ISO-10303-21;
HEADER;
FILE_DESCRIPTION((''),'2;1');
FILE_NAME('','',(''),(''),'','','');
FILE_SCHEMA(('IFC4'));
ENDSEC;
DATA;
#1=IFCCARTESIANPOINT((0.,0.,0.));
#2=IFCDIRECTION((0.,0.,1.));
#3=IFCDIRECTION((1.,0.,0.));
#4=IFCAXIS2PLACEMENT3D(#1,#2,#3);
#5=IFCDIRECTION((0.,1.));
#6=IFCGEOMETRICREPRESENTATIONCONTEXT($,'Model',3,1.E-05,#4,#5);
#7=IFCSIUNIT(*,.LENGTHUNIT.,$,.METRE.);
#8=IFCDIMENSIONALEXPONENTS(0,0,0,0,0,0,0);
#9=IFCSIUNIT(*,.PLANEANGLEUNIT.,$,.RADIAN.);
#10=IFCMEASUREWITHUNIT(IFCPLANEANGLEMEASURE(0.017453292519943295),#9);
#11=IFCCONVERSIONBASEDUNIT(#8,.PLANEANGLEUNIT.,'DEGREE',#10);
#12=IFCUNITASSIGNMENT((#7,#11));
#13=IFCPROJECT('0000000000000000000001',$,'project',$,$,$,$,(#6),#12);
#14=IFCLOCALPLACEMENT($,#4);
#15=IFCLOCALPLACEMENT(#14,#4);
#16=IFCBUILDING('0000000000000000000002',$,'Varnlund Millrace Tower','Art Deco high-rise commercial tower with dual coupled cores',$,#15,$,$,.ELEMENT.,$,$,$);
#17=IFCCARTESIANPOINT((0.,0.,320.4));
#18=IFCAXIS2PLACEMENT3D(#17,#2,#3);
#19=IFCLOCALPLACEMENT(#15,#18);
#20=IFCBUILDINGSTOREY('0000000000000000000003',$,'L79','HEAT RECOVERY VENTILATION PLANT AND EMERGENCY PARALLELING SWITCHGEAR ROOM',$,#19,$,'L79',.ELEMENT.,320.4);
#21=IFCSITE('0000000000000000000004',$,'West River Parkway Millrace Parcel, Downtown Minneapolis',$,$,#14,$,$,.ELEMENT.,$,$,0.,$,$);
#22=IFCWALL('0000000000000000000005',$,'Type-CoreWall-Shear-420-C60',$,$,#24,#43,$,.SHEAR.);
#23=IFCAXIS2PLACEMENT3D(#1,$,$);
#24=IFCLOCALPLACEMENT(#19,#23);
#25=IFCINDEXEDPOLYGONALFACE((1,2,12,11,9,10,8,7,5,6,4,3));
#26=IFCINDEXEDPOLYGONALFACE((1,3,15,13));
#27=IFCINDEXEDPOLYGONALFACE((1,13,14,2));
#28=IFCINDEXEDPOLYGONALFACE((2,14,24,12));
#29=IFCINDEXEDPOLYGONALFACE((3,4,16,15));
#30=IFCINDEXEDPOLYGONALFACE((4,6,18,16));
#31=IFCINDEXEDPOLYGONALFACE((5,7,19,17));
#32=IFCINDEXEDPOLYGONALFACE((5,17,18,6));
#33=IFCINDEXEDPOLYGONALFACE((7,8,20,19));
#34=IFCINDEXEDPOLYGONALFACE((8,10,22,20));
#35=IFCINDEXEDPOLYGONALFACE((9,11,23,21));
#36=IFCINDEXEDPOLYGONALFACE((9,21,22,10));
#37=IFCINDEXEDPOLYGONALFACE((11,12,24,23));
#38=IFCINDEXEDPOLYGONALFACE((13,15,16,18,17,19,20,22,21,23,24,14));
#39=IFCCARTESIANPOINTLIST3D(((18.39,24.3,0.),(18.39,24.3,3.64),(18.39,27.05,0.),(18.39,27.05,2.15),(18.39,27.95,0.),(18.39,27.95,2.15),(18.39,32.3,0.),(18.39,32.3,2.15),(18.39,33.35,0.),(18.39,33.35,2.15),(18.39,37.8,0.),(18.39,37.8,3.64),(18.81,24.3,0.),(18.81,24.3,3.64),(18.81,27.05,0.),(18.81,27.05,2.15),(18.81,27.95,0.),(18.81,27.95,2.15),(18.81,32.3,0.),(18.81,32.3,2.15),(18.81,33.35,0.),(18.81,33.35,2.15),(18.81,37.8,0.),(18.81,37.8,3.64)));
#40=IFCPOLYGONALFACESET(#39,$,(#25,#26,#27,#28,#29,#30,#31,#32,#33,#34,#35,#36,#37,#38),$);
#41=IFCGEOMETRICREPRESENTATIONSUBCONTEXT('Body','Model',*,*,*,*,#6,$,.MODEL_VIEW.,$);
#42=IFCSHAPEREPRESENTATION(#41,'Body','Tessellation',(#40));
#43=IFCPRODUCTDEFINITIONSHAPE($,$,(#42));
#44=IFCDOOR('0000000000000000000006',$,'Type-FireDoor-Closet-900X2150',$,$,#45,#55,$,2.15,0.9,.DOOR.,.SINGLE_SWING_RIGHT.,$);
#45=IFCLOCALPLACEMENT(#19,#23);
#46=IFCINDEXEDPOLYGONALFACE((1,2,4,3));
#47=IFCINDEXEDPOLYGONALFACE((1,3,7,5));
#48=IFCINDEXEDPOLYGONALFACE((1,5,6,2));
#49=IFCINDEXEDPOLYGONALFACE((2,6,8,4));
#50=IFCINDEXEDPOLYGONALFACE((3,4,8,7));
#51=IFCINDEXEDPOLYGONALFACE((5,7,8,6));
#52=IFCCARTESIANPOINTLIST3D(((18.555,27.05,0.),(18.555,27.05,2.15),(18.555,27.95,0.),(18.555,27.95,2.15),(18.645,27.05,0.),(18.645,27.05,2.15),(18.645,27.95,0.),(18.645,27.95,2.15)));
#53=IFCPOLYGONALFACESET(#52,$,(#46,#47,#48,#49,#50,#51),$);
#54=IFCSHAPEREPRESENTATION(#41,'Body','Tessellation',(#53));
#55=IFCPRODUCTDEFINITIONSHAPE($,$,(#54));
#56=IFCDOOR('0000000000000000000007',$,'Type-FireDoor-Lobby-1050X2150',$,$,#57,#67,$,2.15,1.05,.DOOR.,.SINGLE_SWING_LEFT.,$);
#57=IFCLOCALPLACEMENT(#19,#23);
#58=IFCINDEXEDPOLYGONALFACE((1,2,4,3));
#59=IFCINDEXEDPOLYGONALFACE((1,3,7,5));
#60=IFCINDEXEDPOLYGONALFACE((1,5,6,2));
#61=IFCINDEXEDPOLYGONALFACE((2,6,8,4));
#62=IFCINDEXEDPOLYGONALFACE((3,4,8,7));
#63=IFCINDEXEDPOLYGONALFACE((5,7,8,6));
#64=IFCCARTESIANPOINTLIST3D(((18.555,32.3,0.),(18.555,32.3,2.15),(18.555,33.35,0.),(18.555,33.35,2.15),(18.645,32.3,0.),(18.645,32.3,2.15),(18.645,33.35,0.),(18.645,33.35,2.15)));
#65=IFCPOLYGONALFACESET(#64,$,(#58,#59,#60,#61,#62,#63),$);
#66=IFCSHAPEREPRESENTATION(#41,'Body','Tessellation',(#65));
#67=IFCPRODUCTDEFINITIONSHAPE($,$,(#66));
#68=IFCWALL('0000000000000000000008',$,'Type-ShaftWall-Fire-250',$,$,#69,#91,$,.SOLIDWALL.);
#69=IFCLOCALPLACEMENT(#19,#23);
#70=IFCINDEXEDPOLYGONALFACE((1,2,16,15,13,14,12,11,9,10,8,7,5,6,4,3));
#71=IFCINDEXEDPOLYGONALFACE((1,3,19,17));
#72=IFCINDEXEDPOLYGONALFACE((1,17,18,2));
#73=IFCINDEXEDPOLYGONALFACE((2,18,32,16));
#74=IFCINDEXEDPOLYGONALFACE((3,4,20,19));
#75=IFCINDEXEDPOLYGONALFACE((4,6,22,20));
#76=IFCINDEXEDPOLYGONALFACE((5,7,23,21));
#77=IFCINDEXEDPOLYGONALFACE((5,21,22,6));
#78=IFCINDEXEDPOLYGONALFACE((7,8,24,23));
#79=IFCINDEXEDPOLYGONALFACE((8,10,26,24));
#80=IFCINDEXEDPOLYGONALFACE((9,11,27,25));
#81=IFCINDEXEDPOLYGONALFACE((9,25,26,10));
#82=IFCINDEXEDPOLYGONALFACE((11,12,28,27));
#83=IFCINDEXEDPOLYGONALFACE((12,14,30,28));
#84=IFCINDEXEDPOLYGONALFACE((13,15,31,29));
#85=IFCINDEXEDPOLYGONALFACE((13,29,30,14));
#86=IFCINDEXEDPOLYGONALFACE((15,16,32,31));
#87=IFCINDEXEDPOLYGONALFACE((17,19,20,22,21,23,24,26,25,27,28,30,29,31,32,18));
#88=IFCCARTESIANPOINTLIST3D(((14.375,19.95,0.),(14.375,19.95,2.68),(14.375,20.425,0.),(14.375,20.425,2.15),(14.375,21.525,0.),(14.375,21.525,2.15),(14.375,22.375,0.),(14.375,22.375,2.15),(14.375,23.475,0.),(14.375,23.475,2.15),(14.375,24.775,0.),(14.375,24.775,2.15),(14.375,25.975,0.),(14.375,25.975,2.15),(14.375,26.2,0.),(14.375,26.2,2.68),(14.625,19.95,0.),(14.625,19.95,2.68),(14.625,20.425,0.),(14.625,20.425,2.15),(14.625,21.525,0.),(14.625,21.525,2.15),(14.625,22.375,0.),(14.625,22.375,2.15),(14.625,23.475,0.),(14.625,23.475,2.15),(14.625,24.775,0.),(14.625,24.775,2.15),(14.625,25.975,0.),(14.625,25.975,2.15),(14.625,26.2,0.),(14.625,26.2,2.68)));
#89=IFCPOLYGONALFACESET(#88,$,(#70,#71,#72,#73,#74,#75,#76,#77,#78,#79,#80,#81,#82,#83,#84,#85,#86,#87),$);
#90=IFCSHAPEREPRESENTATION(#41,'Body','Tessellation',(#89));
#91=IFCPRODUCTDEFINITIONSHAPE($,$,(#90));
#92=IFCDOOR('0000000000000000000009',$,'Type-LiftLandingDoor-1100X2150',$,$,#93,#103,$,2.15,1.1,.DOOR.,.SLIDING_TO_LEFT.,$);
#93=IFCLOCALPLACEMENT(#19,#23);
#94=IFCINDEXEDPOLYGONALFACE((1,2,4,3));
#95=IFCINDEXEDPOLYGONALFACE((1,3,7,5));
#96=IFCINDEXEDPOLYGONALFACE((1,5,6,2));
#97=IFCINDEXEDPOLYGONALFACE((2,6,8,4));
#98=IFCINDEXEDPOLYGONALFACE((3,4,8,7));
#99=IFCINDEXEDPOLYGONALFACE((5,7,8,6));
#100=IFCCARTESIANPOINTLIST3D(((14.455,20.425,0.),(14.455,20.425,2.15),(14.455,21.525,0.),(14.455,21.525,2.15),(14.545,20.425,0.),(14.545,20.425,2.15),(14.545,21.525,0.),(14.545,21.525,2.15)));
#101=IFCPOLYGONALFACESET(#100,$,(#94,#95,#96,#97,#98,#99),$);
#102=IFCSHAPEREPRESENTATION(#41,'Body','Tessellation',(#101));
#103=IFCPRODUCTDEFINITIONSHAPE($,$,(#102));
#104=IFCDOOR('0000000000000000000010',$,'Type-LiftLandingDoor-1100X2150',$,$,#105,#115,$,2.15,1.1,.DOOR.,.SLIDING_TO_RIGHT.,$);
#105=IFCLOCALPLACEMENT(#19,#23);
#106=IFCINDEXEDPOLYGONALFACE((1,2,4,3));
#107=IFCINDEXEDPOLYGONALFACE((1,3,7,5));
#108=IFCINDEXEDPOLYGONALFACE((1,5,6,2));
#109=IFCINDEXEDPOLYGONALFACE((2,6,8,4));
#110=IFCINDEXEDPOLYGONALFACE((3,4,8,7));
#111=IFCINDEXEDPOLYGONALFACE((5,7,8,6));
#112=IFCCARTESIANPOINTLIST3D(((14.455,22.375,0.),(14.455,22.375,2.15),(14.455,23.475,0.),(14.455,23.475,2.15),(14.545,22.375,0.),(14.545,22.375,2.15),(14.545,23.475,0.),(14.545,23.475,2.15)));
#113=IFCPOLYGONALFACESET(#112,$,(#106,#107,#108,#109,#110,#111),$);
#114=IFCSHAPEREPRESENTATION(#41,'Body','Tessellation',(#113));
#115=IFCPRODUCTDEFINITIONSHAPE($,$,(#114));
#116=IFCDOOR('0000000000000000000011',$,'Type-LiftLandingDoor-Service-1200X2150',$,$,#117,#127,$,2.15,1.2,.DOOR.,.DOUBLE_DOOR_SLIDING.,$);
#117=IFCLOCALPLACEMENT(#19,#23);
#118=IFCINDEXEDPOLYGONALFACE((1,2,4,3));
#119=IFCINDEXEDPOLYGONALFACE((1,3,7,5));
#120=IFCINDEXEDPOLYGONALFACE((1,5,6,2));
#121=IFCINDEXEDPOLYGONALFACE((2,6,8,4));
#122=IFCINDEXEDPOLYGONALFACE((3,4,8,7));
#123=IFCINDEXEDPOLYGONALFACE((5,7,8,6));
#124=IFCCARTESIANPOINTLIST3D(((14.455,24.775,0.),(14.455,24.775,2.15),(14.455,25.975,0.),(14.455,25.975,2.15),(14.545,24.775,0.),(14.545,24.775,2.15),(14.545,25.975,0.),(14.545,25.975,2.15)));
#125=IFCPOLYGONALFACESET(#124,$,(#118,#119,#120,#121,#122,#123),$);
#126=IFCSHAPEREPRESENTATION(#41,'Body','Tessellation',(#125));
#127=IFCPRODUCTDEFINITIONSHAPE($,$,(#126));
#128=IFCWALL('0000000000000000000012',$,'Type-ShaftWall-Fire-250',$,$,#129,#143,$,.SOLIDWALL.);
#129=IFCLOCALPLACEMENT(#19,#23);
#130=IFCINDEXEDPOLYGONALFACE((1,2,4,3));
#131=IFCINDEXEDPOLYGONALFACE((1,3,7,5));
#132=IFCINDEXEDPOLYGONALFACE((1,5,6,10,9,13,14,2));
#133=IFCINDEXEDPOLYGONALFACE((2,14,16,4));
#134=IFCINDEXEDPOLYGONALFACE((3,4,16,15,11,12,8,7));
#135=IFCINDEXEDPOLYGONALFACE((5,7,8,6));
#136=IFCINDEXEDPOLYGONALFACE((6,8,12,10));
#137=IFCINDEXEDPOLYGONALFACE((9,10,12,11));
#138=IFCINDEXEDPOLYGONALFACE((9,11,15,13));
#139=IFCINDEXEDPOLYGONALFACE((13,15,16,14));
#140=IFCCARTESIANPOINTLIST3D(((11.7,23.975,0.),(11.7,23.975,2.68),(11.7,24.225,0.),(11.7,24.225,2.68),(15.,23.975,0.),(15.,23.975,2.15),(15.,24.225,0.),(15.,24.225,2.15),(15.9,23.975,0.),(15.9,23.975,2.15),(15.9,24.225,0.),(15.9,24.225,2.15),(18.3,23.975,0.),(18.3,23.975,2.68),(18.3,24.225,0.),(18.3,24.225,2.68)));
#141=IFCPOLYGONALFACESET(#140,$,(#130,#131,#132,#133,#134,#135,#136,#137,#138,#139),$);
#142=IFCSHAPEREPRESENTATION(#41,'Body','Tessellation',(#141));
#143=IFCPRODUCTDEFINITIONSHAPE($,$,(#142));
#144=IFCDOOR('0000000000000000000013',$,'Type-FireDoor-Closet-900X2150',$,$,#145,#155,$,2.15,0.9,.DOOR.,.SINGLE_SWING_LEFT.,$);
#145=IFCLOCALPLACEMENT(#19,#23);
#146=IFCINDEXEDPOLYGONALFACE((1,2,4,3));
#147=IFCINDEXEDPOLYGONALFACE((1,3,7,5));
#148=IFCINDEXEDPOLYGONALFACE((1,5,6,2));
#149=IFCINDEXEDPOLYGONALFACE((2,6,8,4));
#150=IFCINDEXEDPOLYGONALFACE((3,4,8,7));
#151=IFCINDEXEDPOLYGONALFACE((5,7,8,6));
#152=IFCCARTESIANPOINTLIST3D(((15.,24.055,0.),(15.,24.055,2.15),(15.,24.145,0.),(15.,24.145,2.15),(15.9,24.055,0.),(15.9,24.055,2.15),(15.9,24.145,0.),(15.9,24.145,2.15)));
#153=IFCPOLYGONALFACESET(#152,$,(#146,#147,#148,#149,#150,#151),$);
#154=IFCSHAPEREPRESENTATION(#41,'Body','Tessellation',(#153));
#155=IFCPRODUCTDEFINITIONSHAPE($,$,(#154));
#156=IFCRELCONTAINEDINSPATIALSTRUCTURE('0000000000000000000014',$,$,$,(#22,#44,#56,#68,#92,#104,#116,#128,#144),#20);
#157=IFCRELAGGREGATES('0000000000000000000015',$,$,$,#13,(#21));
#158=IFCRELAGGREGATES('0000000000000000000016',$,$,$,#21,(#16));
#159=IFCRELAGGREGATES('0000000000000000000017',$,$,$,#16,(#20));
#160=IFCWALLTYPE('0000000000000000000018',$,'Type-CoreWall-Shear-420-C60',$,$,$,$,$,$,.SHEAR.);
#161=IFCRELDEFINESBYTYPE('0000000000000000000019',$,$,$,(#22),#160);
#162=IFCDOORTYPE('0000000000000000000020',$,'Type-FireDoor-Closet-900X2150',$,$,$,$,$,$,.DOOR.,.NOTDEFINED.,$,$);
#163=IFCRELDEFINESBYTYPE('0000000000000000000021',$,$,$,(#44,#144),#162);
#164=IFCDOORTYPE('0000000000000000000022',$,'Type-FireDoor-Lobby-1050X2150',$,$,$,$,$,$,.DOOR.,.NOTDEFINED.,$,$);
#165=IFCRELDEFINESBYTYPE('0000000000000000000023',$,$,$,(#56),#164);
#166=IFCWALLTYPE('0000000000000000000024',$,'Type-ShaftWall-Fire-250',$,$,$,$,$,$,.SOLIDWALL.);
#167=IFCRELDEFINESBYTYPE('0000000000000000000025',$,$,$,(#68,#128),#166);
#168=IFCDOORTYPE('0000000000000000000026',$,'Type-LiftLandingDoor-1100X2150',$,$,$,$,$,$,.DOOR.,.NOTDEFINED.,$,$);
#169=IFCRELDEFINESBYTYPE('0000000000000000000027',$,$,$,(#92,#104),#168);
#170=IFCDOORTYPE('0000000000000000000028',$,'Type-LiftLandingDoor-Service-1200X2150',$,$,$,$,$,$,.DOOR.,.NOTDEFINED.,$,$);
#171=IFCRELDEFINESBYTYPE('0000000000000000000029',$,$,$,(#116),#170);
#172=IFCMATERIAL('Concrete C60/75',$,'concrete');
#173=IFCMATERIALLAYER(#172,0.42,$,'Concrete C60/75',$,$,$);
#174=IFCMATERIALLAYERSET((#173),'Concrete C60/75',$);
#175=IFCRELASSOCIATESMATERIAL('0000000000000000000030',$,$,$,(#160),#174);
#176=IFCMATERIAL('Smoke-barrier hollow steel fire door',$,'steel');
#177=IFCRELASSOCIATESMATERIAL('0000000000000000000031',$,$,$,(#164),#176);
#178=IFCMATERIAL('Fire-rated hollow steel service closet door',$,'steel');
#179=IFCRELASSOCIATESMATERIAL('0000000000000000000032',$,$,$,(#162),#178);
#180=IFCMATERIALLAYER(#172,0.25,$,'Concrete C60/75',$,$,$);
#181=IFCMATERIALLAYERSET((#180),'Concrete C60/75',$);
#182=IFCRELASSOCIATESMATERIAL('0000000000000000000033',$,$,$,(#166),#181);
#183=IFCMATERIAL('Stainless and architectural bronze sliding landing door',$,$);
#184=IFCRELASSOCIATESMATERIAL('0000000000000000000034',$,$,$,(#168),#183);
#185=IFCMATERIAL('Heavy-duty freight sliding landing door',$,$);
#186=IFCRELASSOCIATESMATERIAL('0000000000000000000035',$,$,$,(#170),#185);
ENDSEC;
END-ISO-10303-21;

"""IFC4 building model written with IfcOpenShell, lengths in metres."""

from ifc_helpers import new_model, entity, si_unit, converted_unit, direction, frame, origin_with_axes, origin_2d_with_axis, place, context, subcontext, project, spatial, polyline, rectangle, outline, extrude, material, layer, layer_set, type_object, element, fill, save


model = new_model("IFC4")

# Units and contexts
model_context = context("Model", 3, precision=1e-05, world=origin_with_axes(), true_north=direction((0.0, 1.0)))
body_context = subcontext(model_context, "Body", "Model", "MODEL_VIEW")
ifc_project = project(units=[si_unit("LENGTHUNIT", "METRE"), converted_unit("PLANEANGLEUNIT", "DEGREE", entity("IfcPlaneAngleMeasure", 0.017453292519943295), si_unit("PLANEANGLEUNIT", "RADIAN"), dimensions=[0, 0, 0, 0, 0, 0, 0])], contexts=[model_context])

# Site, building, storey
site_placement = place(None, origin_with_axes())
site = spatial("IfcSite", under=ifc_project, at=site_placement, Name="West River Parkway Millrace Parcel, Downtown Minneapolis", CompositionType="ELEMENT", RefElevation=0.0)
building_placement = place(site_placement, origin_with_axes())
building = spatial("IfcBuilding", under=site, at=building_placement, Name="Varnlund Millrace Tower", Description="Art Deco high-rise commercial tower with dual coupled cores", CompositionType="ELEMENT")
storey_placement = place(building_placement, frame((0.0, 0.0, 320.4), z_axis=(0.0, 0.0, 1.0), x_axis=(1.0, 0.0, 0.0)))
storey = spatial("IfcBuildingStorey", under=building, at=storey_placement, Name="L79", Description="HEAT RECOVERY VENTILATION PLANT AND EMERGENCY PARALLELING SWITCHGEAR ROOM", LongName="L79", CompositionType="ELEMENT", Elevation=320.4)

# Shared definitions
ifc_material_1 = material(Name="Concrete C60/75", Category="concrete")

# Shared definitions
ifc_layer_1 = layer(ifc_material_1, 0.42, Name="Concrete C60/75")
ifc_layer_set_1 = layer_set([ifc_layer_1], Name="Concrete C60/75")
wall_type_1 = type_object("IfcWallType", Name="Type-CoreWall-Shear-420-C60", PredefinedType="SHEAR", material=ifc_layer_set_1)

# Walls, openings, doors
ifc_material_2 = material(Name="Smoke-barrier hollow steel fire door", Category="steel")
door_type_1 = type_object("IfcDoorType", Name="Type-FireDoor-Lobby-1050X2150", OperationType="NOTDEFINED", PredefinedType="DOOR", material=ifc_material_2)
wall_1_placement = place(storey_placement, frame((18.6, 24.3, 0.0), z_axis=(0.0, 0.0, 1.0), x_axis=(0.0, 1.0, 0.0)))
wall_1 = element("IfcWall", 1, at=wall_1_placement, inside=storey, type_object=wall_type_1, Name="Type-CoreWall-Shear-420-C60", PredefinedType="SHEAR", context=body_context, shape_type="SweptSolid", body=[
    extrude(outline(polyline([(0.0, -0.21), (13.5, -0.21), (13.5, 0.21), (0.0, 0.21), (0.0, -0.21)])), origin_with_axes(), (0.0, 0.0, 1.0), 3.64),
])
opening_1_placement = place(wall_1_placement, frame((3.2, 0.0, 0.0), z_axis=(0.0, 0.0, 1.0), x_axis=(1.0, 0.0, 0.0)))
opening_1 = element("IfcOpeningElement", 2, at=opening_1_placement, cuts=wall_1, PredefinedType="OPENING", context=body_context, shape_type="SweptSolid", body=[
    extrude(rectangle(XDim=0.9, YDim=0.44, at=origin_2d_with_axis()), origin_with_axes(), (0.0, 0.0, 1.0), 2.15),
])
opening_2_placement = place(wall_1_placement, frame((8.525, 0.0, 0.0), z_axis=(0.0, 0.0, 1.0), x_axis=(1.0, 0.0, 0.0)))
opening_2 = element("IfcOpeningElement", 3, at=opening_2_placement, cuts=wall_1, PredefinedType="OPENING", context=body_context, shape_type="SweptSolid", body=[
    extrude(rectangle(XDim=1.05, YDim=0.44, at=origin_2d_with_axis()), origin_with_axes(), (0.0, 0.0, 1.0), 2.15),
])
ifc_material_3 = material(Name="Fire-rated hollow steel service closet door", Category="steel")
door_type_2 = type_object("IfcDoorType", Name="Type-FireDoor-Closet-900X2150", OperationType="NOTDEFINED", PredefinedType="DOOR", material=ifc_material_3)
door_1_placement = place(wall_1_placement, frame((3.2, 0.0, 0.0), z_axis=(0.0, 0.0, 1.0), x_axis=(1.0, 0.0, 0.0)))
door_1 = element("IfcDoor", 4, at=door_1_placement, inside=storey, type_object=door_type_2, Name="Type-FireDoor-Closet-900X2150", OperationType="SINGLE_SWING_RIGHT", OverallHeight=2.15, OverallWidth=0.9, PredefinedType="DOOR", context=body_context, shape_type="SweptSolid", body=[
    extrude(rectangle(XDim=0.9, YDim=0.09, at=origin_2d_with_axis()), origin_with_axes(), (0.0, 0.0, 1.0), 2.15),
])
fill(opening_1, door_1)
door_2_placement = place(wall_1_placement, frame((8.525, 0.0, 0.0), z_axis=(0.0, 0.0, 1.0), x_axis=(1.0, 0.0, 0.0)))
door_2 = element("IfcDoor", 5, at=door_2_placement, inside=storey, type_object=door_type_1, Name="Type-FireDoor-Lobby-1050X2150", OperationType="SINGLE_SWING_LEFT", OverallHeight=2.15, OverallWidth=1.05, PredefinedType="DOOR", context=body_context, shape_type="SweptSolid", body=[
    extrude(rectangle(XDim=1.05, YDim=0.09, at=origin_2d_with_axis()), origin_with_axes(), (0.0, 0.0, 1.0), 2.15),
])
fill(opening_2, door_2)
ifc_layer_2 = layer(ifc_material_1, 0.25, Name="Concrete C60/75")
ifc_layer_set_2 = layer_set([ifc_layer_2], Name="Concrete C60/75")
wall_type_2 = type_object("IfcWallType", Name="Type-ShaftWall-Fire-250", PredefinedType="SOLIDWALL", material=ifc_layer_set_2)
wall_2_placement = place(storey_placement, frame((14.5, 19.95, 0.0), z_axis=(0.0, 0.0, 1.0), x_axis=(0.0, 1.0, 0.0)))
wall_2 = element("IfcWall", 6, at=wall_2_placement, inside=storey, type_object=wall_type_2, Name="Type-ShaftWall-Fire-250", PredefinedType="SOLIDWALL", context=body_context, shape_type="SweptSolid", body=[
    extrude(outline(polyline([(0.0, -0.125), (6.25, -0.125), (6.25, 0.125), (0.0, 0.125), (0.0, -0.125)])), origin_with_axes(), (0.0, 0.0, 1.0), 2.68),
])
opening_3_placement = place(wall_2_placement, frame((1.025, 0.0, 0.0), z_axis=(0.0, 0.0, 1.0), x_axis=(1.0, 0.0, 0.0)))
opening_3 = element("IfcOpeningElement", 7, at=opening_3_placement, cuts=wall_2, PredefinedType="OPENING", context=body_context, shape_type="SweptSolid", body=[
    extrude(rectangle(XDim=1.1, YDim=0.27, at=origin_2d_with_axis()), origin_with_axes(), (0.0, 0.0, 1.0), 2.15),
])
opening_4_placement = place(wall_2_placement, frame((2.975, 0.0, 0.0), z_axis=(0.0, 0.0, 1.0), x_axis=(1.0, 0.0, 0.0)))
opening_4 = element("IfcOpeningElement", 8, at=opening_4_placement, cuts=wall_2, PredefinedType="OPENING", context=body_context, shape_type="SweptSolid", body=[
    extrude(rectangle(XDim=1.1, YDim=0.27, at=origin_2d_with_axis()), origin_with_axes(), (0.0, 0.0, 1.0), 2.15),
])
opening_5_placement = place(wall_2_placement, frame((5.425, 0.0, 0.0), z_axis=(0.0, 0.0, 1.0), x_axis=(1.0, 0.0, 0.0)))
opening_5 = element("IfcOpeningElement", 9, at=opening_5_placement, cuts=wall_2, PredefinedType="OPENING", context=body_context, shape_type="SweptSolid", body=[
    extrude(rectangle(XDim=1.2, YDim=0.27, at=origin_2d_with_axis()), origin_with_axes(), (0.0, 0.0, 1.0), 2.15),
])
ifc_material_4 = material(Name="Stainless and architectural bronze sliding landing door")
door_type_3 = type_object("IfcDoorType", Name="Type-LiftLandingDoor-1100X2150", OperationType="NOTDEFINED", PredefinedType="DOOR", material=ifc_material_4)
door_3_placement = place(wall_2_placement, frame((1.025, 0.0, 0.0), z_axis=(0.0, 0.0, 1.0), x_axis=(1.0, 0.0, 0.0)))
door_3 = element("IfcDoor", 10, at=door_3_placement, inside=storey, type_object=door_type_3, Name="Type-LiftLandingDoor-1100X2150", OperationType="SLIDING_TO_LEFT", OverallHeight=2.15, OverallWidth=1.1, PredefinedType="DOOR", context=body_context, shape_type="SweptSolid", body=[
    extrude(rectangle(XDim=1.1, YDim=0.09, at=origin_2d_with_axis()), origin_with_axes(), (0.0, 0.0, 1.0), 2.15),
])
fill(opening_3, door_3)
door_4_placement = place(wall_2_placement, frame((2.975, 0.0, 0.0), z_axis=(0.0, 0.0, 1.0), x_axis=(1.0, 0.0, 0.0)))
door_4 = element("IfcDoor", 11, at=door_4_placement, inside=storey, type_object=door_type_3, Name="Type-LiftLandingDoor-1100X2150", OperationType="SLIDING_TO_RIGHT", OverallHeight=2.15, OverallWidth=1.1, PredefinedType="DOOR", context=body_context, shape_type="SweptSolid", body=[
    extrude(rectangle(XDim=1.1, YDim=0.09, at=origin_2d_with_axis()), origin_with_axes(), (0.0, 0.0, 1.0), 2.15),
])
fill(opening_4, door_4)
ifc_material_5 = material(Name="Heavy-duty freight sliding landing door")
door_type_4 = type_object("IfcDoorType", Name="Type-LiftLandingDoor-Service-1200X2150", OperationType="NOTDEFINED", PredefinedType="DOOR", material=ifc_material_5)
door_5_placement = place(wall_2_placement, frame((5.425, 0.0, 0.0), z_axis=(0.0, 0.0, 1.0), x_axis=(1.0, 0.0, 0.0)))
door_5 = element("IfcDoor", 12, at=door_5_placement, inside=storey, type_object=door_type_4, Name="Type-LiftLandingDoor-Service-1200X2150", OperationType="DOUBLE_DOOR_SLIDING", OverallHeight=2.15, OverallWidth=1.2, PredefinedType="DOOR", context=body_context, shape_type="SweptSolid", body=[
    extrude(rectangle(XDim=1.2, YDim=0.09, at=origin_2d_with_axis()), origin_with_axes(), (0.0, 0.0, 1.0), 2.15),
])
fill(opening_5, door_5)

# Wall, opening, door
wall_3_placement = place(storey_placement, frame((11.7, 24.1, 0.0), z_axis=(0.0, 0.0, 1.0), x_axis=(1.0, 0.0, 0.0)))
wall_3 = element("IfcWall", 13, at=wall_3_placement, inside=storey, type_object=wall_type_2, Name="Type-ShaftWall-Fire-250", PredefinedType="SOLIDWALL", context=body_context, shape_type="SweptSolid", body=[
    extrude(outline(polyline([(0.0, -0.125), (6.6, -0.125), (6.6, 0.125), (0.0, 0.125), (0.0, -0.125)])), origin_with_axes(), (0.0, 0.0, 1.0), 2.68),
])
opening_6_placement = place(wall_3_placement, frame((3.75, 0.0, 0.0), z_axis=(0.0, 0.0, 1.0), x_axis=(1.0, 0.0, 0.0)))
opening_6 = element("IfcOpeningElement", 14, at=opening_6_placement, cuts=wall_3, PredefinedType="OPENING", context=body_context, shape_type="SweptSolid", body=[
    extrude(rectangle(XDim=0.9, YDim=0.27, at=origin_2d_with_axis()), origin_with_axes(), (0.0, 0.0, 1.0), 2.15),
])
door_6_placement = place(wall_3_placement, frame((3.75, 0.0, 0.0), z_axis=(0.0, 0.0, 1.0), x_axis=(1.0, 0.0, 0.0)))
door_6 = element("IfcDoor", 15, at=door_6_placement, inside=storey, type_object=door_type_2, Name="Type-FireDoor-Closet-900X2150", OperationType="SINGLE_SWING_LEFT", OverallHeight=2.15, OverallWidth=0.9, PredefinedType="DOOR", context=body_context, shape_type="SweptSolid", body=[
    extrude(rectangle(XDim=0.9, YDim=0.09, at=origin_2d_with_axis()), origin_with_axes(), (0.0, 0.0, 1.0), 2.15),
])
fill(opening_6, door_6)

save(model, "model.ifc")
